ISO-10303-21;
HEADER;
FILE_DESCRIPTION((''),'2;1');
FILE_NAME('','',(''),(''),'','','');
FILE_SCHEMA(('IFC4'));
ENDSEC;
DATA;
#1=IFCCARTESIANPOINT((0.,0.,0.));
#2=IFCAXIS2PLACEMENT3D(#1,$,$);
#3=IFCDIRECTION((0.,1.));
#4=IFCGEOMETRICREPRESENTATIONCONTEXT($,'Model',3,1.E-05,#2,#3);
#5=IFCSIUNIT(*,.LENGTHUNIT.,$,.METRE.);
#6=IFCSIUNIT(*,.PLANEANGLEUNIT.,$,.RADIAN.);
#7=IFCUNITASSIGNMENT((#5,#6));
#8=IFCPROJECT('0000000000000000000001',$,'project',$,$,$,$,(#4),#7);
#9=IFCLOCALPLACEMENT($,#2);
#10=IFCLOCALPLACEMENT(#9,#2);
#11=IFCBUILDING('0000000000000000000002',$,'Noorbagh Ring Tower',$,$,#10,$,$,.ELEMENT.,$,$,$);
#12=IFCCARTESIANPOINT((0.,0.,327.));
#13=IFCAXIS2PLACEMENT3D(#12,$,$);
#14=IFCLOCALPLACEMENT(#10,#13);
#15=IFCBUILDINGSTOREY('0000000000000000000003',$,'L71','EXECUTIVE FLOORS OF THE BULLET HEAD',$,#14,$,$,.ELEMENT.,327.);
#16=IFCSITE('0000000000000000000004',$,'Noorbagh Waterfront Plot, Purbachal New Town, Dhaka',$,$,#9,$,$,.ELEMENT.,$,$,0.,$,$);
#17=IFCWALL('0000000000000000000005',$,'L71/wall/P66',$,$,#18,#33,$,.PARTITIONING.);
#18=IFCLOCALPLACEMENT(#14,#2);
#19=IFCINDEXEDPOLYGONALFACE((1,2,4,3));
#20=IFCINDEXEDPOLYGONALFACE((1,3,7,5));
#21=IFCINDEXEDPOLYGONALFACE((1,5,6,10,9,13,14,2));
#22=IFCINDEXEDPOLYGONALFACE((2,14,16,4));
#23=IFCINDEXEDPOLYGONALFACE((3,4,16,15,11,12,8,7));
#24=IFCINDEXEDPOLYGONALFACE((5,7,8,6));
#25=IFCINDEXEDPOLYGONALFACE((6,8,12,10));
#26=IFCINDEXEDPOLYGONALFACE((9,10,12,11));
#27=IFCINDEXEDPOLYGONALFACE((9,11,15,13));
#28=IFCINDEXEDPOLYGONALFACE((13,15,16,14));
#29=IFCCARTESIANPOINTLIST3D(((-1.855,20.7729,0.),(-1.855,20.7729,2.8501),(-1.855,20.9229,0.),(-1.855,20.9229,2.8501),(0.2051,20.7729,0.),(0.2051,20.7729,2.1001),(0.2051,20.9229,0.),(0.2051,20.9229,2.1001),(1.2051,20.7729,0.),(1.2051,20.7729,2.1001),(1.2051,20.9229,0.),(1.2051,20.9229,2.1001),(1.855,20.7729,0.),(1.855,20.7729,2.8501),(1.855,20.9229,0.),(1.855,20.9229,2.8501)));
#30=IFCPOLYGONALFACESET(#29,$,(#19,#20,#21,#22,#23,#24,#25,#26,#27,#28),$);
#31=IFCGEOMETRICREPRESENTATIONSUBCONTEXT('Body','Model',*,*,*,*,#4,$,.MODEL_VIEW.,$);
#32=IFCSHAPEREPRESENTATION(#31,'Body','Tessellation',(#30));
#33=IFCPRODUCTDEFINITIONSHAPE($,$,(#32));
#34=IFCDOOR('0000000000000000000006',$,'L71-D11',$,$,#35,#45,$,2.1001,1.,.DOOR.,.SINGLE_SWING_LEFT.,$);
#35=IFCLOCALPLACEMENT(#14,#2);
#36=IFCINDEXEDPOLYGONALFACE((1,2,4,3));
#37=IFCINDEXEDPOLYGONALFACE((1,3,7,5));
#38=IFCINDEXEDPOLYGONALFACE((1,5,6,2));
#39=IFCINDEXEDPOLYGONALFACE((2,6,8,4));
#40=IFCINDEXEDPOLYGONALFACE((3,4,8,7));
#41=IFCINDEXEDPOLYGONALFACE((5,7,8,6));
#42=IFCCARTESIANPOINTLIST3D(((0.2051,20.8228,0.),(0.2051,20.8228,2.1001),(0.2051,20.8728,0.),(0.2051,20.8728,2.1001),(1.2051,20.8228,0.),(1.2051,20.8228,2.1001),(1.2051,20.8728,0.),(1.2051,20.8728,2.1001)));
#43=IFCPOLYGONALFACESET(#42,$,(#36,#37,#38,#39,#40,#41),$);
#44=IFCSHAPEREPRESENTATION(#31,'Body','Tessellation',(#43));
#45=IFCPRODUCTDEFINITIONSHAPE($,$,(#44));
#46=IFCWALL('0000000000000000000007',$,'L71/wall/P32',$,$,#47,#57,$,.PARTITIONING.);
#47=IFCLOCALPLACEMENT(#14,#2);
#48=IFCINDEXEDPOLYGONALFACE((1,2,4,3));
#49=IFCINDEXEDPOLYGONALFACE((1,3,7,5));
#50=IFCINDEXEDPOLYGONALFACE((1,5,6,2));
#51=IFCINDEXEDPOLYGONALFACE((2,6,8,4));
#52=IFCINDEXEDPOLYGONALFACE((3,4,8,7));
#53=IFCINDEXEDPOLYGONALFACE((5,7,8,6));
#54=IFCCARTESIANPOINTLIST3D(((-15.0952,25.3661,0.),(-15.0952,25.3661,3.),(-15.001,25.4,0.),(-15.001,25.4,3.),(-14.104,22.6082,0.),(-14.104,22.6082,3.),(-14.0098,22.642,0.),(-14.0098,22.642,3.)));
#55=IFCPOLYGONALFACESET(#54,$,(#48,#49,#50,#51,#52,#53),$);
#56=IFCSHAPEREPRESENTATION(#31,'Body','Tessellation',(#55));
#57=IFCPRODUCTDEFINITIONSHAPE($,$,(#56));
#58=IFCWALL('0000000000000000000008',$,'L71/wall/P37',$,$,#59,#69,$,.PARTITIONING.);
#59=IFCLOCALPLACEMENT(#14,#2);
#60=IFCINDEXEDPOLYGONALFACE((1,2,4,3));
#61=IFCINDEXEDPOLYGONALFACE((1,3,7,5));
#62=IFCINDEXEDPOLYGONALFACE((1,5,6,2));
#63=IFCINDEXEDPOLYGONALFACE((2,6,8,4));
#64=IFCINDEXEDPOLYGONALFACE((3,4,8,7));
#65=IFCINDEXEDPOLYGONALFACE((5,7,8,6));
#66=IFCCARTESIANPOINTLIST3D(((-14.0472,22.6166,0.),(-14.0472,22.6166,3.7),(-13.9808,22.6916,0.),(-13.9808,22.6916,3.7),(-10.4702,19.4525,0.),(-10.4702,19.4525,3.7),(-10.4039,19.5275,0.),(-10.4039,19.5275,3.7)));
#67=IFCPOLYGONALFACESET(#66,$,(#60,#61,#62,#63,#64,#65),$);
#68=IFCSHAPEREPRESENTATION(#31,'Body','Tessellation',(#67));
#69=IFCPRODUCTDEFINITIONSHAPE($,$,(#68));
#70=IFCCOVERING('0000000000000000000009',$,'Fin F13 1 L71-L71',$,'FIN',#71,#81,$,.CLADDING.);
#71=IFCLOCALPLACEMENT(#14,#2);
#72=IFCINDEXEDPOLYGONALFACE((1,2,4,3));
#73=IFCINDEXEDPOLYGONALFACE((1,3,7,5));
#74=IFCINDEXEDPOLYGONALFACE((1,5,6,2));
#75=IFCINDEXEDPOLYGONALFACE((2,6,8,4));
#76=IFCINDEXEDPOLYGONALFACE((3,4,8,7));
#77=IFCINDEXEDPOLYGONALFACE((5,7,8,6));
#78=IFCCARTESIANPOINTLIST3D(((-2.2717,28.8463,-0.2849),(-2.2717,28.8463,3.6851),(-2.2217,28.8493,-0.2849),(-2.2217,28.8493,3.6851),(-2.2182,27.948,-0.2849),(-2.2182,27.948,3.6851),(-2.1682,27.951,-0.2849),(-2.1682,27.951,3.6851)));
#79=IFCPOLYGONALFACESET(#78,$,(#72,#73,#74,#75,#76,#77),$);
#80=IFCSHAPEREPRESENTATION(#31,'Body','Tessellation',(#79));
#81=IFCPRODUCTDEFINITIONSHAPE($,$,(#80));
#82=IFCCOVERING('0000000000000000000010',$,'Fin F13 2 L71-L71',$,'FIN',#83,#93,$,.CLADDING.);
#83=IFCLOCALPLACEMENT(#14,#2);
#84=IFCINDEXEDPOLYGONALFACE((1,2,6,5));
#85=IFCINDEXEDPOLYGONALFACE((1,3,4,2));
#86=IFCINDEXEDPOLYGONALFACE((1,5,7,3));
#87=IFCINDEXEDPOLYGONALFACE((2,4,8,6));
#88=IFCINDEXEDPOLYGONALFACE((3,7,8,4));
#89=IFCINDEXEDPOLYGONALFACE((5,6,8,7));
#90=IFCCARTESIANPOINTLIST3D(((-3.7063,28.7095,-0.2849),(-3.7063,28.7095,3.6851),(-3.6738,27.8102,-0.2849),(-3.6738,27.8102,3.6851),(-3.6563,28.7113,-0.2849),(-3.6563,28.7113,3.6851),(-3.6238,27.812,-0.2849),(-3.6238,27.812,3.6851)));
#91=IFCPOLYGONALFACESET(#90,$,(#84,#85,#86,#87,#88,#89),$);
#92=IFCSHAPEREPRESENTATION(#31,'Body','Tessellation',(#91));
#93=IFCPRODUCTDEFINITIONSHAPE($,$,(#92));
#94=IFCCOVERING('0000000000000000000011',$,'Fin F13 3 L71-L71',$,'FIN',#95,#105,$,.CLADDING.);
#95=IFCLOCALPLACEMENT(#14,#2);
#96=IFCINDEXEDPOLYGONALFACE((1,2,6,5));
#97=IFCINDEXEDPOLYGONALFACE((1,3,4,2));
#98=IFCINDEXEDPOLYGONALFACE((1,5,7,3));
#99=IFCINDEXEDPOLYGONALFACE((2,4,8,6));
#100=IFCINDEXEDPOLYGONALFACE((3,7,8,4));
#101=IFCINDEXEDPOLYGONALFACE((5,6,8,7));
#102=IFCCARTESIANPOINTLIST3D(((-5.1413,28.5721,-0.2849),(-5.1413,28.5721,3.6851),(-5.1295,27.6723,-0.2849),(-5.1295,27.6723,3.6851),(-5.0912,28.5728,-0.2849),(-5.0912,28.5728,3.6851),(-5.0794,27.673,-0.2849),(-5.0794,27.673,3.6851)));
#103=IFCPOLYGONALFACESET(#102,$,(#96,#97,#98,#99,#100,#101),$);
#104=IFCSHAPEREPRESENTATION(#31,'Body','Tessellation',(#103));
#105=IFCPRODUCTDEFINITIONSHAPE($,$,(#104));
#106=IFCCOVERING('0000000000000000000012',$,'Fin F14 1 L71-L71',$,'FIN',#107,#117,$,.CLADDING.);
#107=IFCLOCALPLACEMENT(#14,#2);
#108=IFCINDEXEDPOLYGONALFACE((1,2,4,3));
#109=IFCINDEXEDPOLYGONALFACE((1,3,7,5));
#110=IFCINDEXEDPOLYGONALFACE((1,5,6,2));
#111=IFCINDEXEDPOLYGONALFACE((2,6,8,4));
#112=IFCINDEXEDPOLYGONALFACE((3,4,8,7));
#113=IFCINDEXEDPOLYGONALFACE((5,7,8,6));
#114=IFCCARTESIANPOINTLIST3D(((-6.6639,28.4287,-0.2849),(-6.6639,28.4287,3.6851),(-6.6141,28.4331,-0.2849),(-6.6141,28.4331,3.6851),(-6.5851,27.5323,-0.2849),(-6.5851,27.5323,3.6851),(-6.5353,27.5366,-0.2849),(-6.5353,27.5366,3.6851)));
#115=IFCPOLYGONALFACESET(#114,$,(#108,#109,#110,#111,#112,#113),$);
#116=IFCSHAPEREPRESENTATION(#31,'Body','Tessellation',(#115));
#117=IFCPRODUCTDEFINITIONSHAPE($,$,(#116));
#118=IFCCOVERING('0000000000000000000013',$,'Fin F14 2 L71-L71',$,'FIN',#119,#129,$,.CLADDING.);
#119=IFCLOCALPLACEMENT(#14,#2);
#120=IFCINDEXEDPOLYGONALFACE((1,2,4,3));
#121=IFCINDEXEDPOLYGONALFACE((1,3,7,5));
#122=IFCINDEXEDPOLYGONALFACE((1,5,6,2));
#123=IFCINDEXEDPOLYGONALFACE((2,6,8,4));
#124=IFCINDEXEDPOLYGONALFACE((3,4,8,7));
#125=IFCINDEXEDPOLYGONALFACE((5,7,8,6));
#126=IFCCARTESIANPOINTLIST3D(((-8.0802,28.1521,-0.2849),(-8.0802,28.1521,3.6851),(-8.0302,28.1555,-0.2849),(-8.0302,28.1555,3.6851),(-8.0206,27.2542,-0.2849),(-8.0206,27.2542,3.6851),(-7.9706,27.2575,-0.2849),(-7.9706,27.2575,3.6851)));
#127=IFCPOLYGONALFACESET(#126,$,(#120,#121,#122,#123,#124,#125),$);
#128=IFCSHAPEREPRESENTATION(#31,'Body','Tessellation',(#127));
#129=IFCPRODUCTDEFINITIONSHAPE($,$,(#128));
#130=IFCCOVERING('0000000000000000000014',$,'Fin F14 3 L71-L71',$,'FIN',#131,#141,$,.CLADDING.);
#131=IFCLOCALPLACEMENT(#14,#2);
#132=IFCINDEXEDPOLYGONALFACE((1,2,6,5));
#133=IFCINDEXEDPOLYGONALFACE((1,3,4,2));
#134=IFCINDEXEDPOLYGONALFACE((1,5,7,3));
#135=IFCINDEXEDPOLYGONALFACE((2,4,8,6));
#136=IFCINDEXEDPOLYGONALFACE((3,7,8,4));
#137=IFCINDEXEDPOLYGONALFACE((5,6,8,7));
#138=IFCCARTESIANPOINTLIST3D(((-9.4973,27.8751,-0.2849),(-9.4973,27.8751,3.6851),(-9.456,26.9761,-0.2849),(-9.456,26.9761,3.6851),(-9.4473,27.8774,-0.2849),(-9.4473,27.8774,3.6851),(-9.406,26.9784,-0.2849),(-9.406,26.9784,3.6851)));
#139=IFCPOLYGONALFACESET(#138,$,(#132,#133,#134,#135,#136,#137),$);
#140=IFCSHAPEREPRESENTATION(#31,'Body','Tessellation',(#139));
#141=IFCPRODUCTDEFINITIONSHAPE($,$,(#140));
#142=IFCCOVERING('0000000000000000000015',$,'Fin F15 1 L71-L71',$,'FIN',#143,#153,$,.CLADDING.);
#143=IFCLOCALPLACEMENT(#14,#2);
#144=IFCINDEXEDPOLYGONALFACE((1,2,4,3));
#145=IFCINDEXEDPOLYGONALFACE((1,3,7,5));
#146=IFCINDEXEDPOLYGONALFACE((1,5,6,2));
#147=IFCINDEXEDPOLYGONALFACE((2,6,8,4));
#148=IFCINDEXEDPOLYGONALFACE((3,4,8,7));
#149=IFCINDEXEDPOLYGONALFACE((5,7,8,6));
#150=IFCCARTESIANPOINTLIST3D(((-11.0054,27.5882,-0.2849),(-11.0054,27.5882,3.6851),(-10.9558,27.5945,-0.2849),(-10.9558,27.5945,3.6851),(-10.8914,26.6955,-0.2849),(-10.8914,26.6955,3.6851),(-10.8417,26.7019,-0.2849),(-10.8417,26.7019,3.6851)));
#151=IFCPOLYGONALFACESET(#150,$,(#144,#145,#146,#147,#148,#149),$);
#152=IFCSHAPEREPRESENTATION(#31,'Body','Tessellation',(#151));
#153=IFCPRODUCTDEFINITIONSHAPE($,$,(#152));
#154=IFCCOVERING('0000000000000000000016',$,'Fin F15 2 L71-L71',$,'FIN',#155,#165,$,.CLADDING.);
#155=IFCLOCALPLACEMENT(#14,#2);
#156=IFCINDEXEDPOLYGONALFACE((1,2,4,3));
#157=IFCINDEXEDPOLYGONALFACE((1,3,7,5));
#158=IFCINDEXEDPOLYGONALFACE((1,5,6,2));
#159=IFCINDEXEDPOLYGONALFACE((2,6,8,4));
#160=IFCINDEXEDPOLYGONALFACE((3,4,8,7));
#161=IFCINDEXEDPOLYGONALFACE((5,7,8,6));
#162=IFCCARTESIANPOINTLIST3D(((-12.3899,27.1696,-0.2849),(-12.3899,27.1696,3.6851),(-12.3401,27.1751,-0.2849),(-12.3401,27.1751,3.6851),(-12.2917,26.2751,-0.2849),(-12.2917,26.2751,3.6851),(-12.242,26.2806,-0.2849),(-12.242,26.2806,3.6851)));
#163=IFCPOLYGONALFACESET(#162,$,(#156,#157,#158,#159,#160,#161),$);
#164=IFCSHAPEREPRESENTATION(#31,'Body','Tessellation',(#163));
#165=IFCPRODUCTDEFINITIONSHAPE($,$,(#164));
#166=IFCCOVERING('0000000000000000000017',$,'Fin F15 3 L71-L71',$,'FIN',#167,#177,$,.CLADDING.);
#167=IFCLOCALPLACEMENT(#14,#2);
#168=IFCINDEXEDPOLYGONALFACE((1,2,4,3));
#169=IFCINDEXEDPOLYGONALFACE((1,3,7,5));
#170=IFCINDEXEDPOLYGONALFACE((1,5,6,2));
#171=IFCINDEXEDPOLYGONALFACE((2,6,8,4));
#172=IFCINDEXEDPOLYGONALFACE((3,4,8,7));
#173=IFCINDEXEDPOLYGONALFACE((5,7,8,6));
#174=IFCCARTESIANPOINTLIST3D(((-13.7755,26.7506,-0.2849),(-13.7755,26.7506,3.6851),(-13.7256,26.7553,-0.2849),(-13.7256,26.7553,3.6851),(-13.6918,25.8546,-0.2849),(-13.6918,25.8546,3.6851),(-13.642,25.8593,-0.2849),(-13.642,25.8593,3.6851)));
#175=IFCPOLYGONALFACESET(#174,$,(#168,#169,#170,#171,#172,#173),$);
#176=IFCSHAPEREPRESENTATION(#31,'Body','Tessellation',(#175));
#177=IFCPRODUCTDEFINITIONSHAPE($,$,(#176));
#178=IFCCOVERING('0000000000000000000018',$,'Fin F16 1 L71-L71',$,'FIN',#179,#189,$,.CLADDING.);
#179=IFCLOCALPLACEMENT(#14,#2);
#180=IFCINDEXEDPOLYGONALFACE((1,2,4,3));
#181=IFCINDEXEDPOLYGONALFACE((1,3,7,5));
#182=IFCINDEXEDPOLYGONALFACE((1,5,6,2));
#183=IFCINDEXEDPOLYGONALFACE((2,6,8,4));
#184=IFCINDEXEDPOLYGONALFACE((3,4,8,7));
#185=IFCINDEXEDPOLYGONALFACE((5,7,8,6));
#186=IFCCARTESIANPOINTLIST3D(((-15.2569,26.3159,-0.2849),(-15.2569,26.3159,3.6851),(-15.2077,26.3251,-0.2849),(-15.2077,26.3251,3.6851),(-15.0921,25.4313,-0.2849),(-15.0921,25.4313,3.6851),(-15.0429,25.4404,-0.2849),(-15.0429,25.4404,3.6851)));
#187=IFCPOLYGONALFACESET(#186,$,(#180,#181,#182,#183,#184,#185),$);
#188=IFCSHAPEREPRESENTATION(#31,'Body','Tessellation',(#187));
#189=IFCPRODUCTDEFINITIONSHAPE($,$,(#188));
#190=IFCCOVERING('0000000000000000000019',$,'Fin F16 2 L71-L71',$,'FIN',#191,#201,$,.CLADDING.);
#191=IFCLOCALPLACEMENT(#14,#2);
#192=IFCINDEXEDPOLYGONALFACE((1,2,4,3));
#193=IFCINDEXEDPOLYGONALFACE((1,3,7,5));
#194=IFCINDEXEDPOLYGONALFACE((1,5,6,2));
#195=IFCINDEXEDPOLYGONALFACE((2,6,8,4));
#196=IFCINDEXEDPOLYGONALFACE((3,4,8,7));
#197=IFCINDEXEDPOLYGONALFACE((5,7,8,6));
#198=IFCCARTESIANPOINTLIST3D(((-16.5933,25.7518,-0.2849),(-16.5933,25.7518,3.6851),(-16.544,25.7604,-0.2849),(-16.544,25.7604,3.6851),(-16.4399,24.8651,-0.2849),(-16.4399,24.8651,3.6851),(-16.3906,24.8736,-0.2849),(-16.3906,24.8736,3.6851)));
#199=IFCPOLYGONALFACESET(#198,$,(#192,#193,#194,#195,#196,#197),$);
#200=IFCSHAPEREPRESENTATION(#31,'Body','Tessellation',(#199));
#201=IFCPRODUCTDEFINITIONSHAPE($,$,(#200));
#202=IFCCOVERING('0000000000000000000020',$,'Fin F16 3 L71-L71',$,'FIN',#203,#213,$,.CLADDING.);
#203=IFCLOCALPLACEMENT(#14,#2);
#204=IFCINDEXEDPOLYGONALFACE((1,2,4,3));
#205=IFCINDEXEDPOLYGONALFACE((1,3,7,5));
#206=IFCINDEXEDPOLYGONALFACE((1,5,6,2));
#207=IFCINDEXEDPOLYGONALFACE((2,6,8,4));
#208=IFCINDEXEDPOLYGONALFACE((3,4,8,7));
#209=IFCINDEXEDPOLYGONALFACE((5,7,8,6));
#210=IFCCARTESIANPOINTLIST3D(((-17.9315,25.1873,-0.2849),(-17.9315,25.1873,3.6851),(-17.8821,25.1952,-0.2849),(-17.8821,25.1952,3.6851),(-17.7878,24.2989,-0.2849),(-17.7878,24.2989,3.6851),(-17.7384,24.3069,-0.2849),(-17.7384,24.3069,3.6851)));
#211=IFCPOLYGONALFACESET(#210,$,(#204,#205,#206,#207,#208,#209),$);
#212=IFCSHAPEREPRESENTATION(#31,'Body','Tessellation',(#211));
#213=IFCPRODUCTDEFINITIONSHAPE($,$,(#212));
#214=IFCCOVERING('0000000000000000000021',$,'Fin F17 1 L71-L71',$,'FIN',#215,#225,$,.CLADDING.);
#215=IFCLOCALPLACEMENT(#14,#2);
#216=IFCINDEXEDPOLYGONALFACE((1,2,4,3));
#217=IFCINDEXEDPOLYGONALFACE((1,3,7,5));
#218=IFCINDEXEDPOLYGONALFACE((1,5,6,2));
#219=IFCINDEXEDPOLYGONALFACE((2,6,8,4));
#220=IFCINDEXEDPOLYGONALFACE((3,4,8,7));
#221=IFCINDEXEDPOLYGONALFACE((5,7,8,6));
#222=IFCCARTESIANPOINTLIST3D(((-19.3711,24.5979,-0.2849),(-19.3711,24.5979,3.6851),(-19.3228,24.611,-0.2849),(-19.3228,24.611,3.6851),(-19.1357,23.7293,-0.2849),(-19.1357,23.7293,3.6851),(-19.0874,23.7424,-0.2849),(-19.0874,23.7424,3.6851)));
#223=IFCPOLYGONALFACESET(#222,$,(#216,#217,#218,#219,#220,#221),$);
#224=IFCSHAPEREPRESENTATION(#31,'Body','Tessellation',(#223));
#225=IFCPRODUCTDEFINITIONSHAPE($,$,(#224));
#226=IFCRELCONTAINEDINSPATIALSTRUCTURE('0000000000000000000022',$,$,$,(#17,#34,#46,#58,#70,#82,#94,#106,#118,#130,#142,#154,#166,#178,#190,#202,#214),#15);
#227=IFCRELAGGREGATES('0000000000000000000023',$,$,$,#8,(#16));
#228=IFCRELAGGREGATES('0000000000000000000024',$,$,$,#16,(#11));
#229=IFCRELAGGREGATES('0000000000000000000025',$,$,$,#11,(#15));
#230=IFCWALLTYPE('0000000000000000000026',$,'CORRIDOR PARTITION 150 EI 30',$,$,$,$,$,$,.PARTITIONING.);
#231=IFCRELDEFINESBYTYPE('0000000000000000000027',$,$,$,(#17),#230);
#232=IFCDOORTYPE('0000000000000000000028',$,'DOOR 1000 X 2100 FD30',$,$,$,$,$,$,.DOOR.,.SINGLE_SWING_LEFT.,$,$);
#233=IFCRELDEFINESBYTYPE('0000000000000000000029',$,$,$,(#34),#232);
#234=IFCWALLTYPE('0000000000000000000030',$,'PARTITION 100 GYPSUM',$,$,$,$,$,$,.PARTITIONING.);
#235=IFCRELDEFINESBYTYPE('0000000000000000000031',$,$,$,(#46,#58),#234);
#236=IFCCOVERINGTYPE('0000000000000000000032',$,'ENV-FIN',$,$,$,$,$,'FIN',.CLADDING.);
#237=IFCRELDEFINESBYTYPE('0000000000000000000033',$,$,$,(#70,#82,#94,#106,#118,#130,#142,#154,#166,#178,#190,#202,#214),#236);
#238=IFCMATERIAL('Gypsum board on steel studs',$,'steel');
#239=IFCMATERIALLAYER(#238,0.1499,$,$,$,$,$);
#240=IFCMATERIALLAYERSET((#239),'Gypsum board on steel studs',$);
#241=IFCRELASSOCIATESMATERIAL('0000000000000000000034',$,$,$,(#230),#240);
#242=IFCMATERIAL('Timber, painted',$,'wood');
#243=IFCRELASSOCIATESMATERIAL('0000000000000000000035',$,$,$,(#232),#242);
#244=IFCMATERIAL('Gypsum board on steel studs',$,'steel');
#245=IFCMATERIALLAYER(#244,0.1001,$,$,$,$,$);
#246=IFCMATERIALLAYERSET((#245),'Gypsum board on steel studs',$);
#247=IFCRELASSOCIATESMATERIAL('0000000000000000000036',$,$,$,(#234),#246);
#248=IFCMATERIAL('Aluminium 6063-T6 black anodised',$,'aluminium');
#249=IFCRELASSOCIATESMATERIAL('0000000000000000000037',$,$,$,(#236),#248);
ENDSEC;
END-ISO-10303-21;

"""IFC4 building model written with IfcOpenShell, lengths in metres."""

from ifc_helpers import new_model, si_unit, direction, frame, frame_2d, origin, origin_2d, place, context, subcontext, project, spatial, rectangle, extrude, material, layer, layer_set, material_profile, profile_set, type_object, element, fill, save


model = new_model("IFC4")

# Units and contexts
model_context = context("Model", 3, precision=1e-05, world=origin(), true_north=direction((0.0, 1.0)))
body_context = subcontext(model_context, "Body", "Model", "MODEL_VIEW")
ifc_project = project(units=[si_unit("LENGTHUNIT", "METRE"), si_unit("PLANEANGLEUNIT", "RADIAN")], contexts=[model_context])

# Site, building, storey
site_placement = place(None, origin())
site = spatial("IfcSite", under=ifc_project, at=site_placement, Name="Noorbagh Waterfront Plot, Purbachal New Town, Dhaka", CompositionType="ELEMENT", RefElevation=0.0)
building_placement = place(site_placement, origin())
building = spatial("IfcBuilding", under=site, at=building_placement, Name="Noorbagh Ring Tower", CompositionType="ELEMENT")
storey_placement = place(building_placement, frame((0.0, 0.0, 327.0)))
storey = spatial("IfcBuildingStorey", under=building, at=storey_placement, Name="L71", Description="EXECUTIVE FLOORS OF THE BULLET HEAD", CompositionType="ELEMENT", Elevation=327.0)

# Shared definitions
ifc_material_1 = material(Name="Gypsum board on steel studs", Category="steel")
ifc_layer_1 = layer(ifc_material_1, 0.1499)
ifc_layer_set_1 = layer_set([ifc_layer_1], Name="Gypsum board on steel studs")
wall_type_1 = type_object("IfcWallType", Name="CORRIDOR PARTITION 150 EI 30", PredefinedType="PARTITIONING", material=ifc_layer_set_1)

# Wall, opening, door
wall_1_placement = place(storey_placement, frame((-1.855, 20.8479, 0.0), z_axis=(0.0, 0.0, 1.0), x_axis=(1.0, 0.0, 0.0)))
wall_1 = element("IfcWall", 1, at=wall_1_placement, inside=storey, type_object=wall_type_1, Name="L71/wall/P66", PredefinedType="PARTITIONING", context=body_context, shape_type="SweptSolid", body=[
    extrude(rectangle(XDim=3.71, YDim=0.1499, at=frame_2d((1.855, 0.0))), origin(), (0.0, 0.0, 1.0), 2.8501),
])
opening_placement = place(wall_1_placement, frame((2.0601, 0.0, 0.0)))
opening = element("IfcOpeningElement", 2, at=opening_placement, cuts=wall_1, PredefinedType="OPENING", context=body_context, shape_type="SweptSolid", body=[
    extrude(rectangle(XDim=1.0, YDim=2.1001, at=frame_2d((0.5, 1.05))), frame((0.0, 0.085, 0.0), z_axis=(0.0, -1.0, 0.0), x_axis=(1.0, 0.0, 0.0)), (0.0, 0.0, 1.0), 0.1699),
])
ifc_material_2 = material(Name="Timber, painted", Category="wood")
door_type = type_object("IfcDoorType", Name="DOOR 1000 X 2100 FD30", OperationType="SINGLE_SWING_LEFT", PredefinedType="DOOR", material=ifc_material_2)
door_placement = place(opening_placement, origin())
door = element("IfcDoor", 3, at=door_placement, inside=storey, type_object=door_type, Name="L71-D11", OperationType="SINGLE_SWING_LEFT", OverallHeight=2.1001, OverallWidth=1.0, PredefinedType="DOOR", context=body_context, shape_type="SweptSolid", body=[
    extrude(rectangle(XDim=1.0, YDim=2.1001, at=frame_2d((0.5, 1.05))), frame((0.0, 0.0249, 0.0), z_axis=(0.0, -1.0, 0.0), x_axis=(1.0, 0.0, 0.0)), (0.0, 0.0, 1.0), 0.05),
])
fill(opening, door)

# Walls
ifc_material_3 = material(Name="Gypsum board on steel studs", Category="steel")
ifc_layer_2 = layer(ifc_material_3, 0.1001)
ifc_layer_set_2 = layer_set([ifc_layer_2], Name="Gypsum board on steel studs")
wall_type_2 = type_object("IfcWallType", Name="PARTITION 100 GYPSUM", PredefinedType="PARTITIONING", material=ifc_layer_set_2)
wall_2_placement = place(storey_placement, frame((-15.0481, 25.3831, 0.0), z_axis=(0.0, 0.0, 1.0), x_axis=(0.338209, -0.941071, 0.0)))
element("IfcWall", 4, at=wall_2_placement, inside=storey, type_object=wall_type_2, Name="L71/wall/P32", PredefinedType="PARTITIONING", context=body_context, shape_type="SweptSolid", body=[
    extrude(rectangle(XDim=2.9307, YDim=0.1001, at=frame_2d((1.4653, 0.0))), origin(), (0.0, 0.0, 1.0), 3.0),
])
wall_3_placement = place(storey_placement, frame((-14.0139, 22.6541, 0.0), z_axis=(0.0, 0.0, 1.0), x_axis=(0.749009, -0.66256, 0.0)))
element("IfcWall", 5, at=wall_3_placement, inside=storey, type_object=wall_type_2, Name="L71/wall/P37", PredefinedType="PARTITIONING", context=body_context, shape_type="SweptSolid", body=[
    extrude(rectangle(XDim=4.7756, YDim=0.1001, at=frame_2d((2.3877, 0.0))), origin(), (0.0, 0.0, 1.0), 3.7),
])

# Coverings
ifc_material_4 = material(Name="Aluminium 6063-T6 black anodised", Category="aluminium")
ifc_material_profile_1 = material_profile(ifc_material_4, rectangle(XDim=0.8999, YDim=0.05, at=origin_2d()), Name="900x50")
ifc_profile_set_1 = profile_set([ifc_material_profile_1], Name="Aluminium 6063-T6 black anodised")
covering_type = type_object("IfcCoveringType", Name="ENV-FIN", ElementType="FIN", PredefinedType="CLADDING", material=ifc_profile_set_1)
for number, where, z_axis, x_axis, name in (
    (6, (-2.22, 28.3987, -0.2849), (0.0, 0.0, 1.0), (-0.059468, 0.99823, 0.0), "Fin F13 1 L71-L71"),
    (7, (-3.665, 28.2607, -0.2849), (0.0, 0.0, 1.0), (-0.036058, 0.99935, 0.0), "Fin F13 2 L71-L71"),
    (8, (-5.1104, 28.1226, -0.2849), (0.0, 0.0, 1.0), (-0.013118, 0.999914, 0.0), "Fin F13 3 L71-L71"),
    (9, (-6.5996, 27.9827, -0.2849), (0.0, 0.0, 1.0), (-0.087584, 0.996157, 0.0), "Fin F14 1 L71-L71"),
    (10, (-8.0254, 27.7048, -0.2849), (0.0, 0.0, 1.0), (-0.066245, 0.997803, 0.0), "Fin F14 2 L71-L71"),
    (11, (-9.4517, 27.4268, -0.2849), (0.0, 0.0, 1.0), (-0.045915, 0.998945, 0.0), "Fin F14 3 L71-L71"),
    (12, (-10.9236, 27.145, -0.2849), (0.0, 0.0, 1.0), (-0.126759, 0.991933, 0.0), "Fin F15 1 L71-L71"),
    (13, (-12.3159, 26.7251, -0.2849), (0.0, 0.0, 1.0), (-0.109101, 0.994031, 0.0), "Fin F15 2 L71-L71"),
    (14, (-13.7087, 26.3049, -0.2849), (0.0, 0.0, 1.0), (-0.092918, 0.995674, 0.0), "Fin F15 3 L71-L71"),
    (15, (-15.1499, 25.8782, -0.2849), (0.0, 0.0, 1.0), (-0.183146, 0.983086, 0.0), "Fin F16 1 L71-L71"),
    (16, (-16.4919, 25.3127, -0.2849), (0.0, 0.0, 1.0), (-0.170506, 0.985357, 0.0), "Fin F16 2 L71-L71"),
    (17, (-17.835, 24.7471, -0.2849), (0.0, 0.0, 1.0), (-0.159693, 0.987167, 0.0), "Fin F16 3 L71-L71"),
    (18, (-19.2292, 24.1702, -0.2849), (0.0, 0.0, 1.0), (-0.261667, 0.965158, 0.0), "Fin F17 1 L71-L71"),
):
    element("IfcCovering", number, at=place(storey_placement, frame(where, z_axis=z_axis, x_axis=x_axis)), inside=storey, type_object=covering_type, Name=name, ObjectType="FIN", PredefinedType="CLADDING", context=body_context, shape_type="SweptSolid", body=[
        extrude(rectangle(XDim=0.8999, YDim=0.05, at=origin_2d()), origin(), (0.0, 0.0, 1.0), 3.97),
    ])

save(model, "model.ifc")
